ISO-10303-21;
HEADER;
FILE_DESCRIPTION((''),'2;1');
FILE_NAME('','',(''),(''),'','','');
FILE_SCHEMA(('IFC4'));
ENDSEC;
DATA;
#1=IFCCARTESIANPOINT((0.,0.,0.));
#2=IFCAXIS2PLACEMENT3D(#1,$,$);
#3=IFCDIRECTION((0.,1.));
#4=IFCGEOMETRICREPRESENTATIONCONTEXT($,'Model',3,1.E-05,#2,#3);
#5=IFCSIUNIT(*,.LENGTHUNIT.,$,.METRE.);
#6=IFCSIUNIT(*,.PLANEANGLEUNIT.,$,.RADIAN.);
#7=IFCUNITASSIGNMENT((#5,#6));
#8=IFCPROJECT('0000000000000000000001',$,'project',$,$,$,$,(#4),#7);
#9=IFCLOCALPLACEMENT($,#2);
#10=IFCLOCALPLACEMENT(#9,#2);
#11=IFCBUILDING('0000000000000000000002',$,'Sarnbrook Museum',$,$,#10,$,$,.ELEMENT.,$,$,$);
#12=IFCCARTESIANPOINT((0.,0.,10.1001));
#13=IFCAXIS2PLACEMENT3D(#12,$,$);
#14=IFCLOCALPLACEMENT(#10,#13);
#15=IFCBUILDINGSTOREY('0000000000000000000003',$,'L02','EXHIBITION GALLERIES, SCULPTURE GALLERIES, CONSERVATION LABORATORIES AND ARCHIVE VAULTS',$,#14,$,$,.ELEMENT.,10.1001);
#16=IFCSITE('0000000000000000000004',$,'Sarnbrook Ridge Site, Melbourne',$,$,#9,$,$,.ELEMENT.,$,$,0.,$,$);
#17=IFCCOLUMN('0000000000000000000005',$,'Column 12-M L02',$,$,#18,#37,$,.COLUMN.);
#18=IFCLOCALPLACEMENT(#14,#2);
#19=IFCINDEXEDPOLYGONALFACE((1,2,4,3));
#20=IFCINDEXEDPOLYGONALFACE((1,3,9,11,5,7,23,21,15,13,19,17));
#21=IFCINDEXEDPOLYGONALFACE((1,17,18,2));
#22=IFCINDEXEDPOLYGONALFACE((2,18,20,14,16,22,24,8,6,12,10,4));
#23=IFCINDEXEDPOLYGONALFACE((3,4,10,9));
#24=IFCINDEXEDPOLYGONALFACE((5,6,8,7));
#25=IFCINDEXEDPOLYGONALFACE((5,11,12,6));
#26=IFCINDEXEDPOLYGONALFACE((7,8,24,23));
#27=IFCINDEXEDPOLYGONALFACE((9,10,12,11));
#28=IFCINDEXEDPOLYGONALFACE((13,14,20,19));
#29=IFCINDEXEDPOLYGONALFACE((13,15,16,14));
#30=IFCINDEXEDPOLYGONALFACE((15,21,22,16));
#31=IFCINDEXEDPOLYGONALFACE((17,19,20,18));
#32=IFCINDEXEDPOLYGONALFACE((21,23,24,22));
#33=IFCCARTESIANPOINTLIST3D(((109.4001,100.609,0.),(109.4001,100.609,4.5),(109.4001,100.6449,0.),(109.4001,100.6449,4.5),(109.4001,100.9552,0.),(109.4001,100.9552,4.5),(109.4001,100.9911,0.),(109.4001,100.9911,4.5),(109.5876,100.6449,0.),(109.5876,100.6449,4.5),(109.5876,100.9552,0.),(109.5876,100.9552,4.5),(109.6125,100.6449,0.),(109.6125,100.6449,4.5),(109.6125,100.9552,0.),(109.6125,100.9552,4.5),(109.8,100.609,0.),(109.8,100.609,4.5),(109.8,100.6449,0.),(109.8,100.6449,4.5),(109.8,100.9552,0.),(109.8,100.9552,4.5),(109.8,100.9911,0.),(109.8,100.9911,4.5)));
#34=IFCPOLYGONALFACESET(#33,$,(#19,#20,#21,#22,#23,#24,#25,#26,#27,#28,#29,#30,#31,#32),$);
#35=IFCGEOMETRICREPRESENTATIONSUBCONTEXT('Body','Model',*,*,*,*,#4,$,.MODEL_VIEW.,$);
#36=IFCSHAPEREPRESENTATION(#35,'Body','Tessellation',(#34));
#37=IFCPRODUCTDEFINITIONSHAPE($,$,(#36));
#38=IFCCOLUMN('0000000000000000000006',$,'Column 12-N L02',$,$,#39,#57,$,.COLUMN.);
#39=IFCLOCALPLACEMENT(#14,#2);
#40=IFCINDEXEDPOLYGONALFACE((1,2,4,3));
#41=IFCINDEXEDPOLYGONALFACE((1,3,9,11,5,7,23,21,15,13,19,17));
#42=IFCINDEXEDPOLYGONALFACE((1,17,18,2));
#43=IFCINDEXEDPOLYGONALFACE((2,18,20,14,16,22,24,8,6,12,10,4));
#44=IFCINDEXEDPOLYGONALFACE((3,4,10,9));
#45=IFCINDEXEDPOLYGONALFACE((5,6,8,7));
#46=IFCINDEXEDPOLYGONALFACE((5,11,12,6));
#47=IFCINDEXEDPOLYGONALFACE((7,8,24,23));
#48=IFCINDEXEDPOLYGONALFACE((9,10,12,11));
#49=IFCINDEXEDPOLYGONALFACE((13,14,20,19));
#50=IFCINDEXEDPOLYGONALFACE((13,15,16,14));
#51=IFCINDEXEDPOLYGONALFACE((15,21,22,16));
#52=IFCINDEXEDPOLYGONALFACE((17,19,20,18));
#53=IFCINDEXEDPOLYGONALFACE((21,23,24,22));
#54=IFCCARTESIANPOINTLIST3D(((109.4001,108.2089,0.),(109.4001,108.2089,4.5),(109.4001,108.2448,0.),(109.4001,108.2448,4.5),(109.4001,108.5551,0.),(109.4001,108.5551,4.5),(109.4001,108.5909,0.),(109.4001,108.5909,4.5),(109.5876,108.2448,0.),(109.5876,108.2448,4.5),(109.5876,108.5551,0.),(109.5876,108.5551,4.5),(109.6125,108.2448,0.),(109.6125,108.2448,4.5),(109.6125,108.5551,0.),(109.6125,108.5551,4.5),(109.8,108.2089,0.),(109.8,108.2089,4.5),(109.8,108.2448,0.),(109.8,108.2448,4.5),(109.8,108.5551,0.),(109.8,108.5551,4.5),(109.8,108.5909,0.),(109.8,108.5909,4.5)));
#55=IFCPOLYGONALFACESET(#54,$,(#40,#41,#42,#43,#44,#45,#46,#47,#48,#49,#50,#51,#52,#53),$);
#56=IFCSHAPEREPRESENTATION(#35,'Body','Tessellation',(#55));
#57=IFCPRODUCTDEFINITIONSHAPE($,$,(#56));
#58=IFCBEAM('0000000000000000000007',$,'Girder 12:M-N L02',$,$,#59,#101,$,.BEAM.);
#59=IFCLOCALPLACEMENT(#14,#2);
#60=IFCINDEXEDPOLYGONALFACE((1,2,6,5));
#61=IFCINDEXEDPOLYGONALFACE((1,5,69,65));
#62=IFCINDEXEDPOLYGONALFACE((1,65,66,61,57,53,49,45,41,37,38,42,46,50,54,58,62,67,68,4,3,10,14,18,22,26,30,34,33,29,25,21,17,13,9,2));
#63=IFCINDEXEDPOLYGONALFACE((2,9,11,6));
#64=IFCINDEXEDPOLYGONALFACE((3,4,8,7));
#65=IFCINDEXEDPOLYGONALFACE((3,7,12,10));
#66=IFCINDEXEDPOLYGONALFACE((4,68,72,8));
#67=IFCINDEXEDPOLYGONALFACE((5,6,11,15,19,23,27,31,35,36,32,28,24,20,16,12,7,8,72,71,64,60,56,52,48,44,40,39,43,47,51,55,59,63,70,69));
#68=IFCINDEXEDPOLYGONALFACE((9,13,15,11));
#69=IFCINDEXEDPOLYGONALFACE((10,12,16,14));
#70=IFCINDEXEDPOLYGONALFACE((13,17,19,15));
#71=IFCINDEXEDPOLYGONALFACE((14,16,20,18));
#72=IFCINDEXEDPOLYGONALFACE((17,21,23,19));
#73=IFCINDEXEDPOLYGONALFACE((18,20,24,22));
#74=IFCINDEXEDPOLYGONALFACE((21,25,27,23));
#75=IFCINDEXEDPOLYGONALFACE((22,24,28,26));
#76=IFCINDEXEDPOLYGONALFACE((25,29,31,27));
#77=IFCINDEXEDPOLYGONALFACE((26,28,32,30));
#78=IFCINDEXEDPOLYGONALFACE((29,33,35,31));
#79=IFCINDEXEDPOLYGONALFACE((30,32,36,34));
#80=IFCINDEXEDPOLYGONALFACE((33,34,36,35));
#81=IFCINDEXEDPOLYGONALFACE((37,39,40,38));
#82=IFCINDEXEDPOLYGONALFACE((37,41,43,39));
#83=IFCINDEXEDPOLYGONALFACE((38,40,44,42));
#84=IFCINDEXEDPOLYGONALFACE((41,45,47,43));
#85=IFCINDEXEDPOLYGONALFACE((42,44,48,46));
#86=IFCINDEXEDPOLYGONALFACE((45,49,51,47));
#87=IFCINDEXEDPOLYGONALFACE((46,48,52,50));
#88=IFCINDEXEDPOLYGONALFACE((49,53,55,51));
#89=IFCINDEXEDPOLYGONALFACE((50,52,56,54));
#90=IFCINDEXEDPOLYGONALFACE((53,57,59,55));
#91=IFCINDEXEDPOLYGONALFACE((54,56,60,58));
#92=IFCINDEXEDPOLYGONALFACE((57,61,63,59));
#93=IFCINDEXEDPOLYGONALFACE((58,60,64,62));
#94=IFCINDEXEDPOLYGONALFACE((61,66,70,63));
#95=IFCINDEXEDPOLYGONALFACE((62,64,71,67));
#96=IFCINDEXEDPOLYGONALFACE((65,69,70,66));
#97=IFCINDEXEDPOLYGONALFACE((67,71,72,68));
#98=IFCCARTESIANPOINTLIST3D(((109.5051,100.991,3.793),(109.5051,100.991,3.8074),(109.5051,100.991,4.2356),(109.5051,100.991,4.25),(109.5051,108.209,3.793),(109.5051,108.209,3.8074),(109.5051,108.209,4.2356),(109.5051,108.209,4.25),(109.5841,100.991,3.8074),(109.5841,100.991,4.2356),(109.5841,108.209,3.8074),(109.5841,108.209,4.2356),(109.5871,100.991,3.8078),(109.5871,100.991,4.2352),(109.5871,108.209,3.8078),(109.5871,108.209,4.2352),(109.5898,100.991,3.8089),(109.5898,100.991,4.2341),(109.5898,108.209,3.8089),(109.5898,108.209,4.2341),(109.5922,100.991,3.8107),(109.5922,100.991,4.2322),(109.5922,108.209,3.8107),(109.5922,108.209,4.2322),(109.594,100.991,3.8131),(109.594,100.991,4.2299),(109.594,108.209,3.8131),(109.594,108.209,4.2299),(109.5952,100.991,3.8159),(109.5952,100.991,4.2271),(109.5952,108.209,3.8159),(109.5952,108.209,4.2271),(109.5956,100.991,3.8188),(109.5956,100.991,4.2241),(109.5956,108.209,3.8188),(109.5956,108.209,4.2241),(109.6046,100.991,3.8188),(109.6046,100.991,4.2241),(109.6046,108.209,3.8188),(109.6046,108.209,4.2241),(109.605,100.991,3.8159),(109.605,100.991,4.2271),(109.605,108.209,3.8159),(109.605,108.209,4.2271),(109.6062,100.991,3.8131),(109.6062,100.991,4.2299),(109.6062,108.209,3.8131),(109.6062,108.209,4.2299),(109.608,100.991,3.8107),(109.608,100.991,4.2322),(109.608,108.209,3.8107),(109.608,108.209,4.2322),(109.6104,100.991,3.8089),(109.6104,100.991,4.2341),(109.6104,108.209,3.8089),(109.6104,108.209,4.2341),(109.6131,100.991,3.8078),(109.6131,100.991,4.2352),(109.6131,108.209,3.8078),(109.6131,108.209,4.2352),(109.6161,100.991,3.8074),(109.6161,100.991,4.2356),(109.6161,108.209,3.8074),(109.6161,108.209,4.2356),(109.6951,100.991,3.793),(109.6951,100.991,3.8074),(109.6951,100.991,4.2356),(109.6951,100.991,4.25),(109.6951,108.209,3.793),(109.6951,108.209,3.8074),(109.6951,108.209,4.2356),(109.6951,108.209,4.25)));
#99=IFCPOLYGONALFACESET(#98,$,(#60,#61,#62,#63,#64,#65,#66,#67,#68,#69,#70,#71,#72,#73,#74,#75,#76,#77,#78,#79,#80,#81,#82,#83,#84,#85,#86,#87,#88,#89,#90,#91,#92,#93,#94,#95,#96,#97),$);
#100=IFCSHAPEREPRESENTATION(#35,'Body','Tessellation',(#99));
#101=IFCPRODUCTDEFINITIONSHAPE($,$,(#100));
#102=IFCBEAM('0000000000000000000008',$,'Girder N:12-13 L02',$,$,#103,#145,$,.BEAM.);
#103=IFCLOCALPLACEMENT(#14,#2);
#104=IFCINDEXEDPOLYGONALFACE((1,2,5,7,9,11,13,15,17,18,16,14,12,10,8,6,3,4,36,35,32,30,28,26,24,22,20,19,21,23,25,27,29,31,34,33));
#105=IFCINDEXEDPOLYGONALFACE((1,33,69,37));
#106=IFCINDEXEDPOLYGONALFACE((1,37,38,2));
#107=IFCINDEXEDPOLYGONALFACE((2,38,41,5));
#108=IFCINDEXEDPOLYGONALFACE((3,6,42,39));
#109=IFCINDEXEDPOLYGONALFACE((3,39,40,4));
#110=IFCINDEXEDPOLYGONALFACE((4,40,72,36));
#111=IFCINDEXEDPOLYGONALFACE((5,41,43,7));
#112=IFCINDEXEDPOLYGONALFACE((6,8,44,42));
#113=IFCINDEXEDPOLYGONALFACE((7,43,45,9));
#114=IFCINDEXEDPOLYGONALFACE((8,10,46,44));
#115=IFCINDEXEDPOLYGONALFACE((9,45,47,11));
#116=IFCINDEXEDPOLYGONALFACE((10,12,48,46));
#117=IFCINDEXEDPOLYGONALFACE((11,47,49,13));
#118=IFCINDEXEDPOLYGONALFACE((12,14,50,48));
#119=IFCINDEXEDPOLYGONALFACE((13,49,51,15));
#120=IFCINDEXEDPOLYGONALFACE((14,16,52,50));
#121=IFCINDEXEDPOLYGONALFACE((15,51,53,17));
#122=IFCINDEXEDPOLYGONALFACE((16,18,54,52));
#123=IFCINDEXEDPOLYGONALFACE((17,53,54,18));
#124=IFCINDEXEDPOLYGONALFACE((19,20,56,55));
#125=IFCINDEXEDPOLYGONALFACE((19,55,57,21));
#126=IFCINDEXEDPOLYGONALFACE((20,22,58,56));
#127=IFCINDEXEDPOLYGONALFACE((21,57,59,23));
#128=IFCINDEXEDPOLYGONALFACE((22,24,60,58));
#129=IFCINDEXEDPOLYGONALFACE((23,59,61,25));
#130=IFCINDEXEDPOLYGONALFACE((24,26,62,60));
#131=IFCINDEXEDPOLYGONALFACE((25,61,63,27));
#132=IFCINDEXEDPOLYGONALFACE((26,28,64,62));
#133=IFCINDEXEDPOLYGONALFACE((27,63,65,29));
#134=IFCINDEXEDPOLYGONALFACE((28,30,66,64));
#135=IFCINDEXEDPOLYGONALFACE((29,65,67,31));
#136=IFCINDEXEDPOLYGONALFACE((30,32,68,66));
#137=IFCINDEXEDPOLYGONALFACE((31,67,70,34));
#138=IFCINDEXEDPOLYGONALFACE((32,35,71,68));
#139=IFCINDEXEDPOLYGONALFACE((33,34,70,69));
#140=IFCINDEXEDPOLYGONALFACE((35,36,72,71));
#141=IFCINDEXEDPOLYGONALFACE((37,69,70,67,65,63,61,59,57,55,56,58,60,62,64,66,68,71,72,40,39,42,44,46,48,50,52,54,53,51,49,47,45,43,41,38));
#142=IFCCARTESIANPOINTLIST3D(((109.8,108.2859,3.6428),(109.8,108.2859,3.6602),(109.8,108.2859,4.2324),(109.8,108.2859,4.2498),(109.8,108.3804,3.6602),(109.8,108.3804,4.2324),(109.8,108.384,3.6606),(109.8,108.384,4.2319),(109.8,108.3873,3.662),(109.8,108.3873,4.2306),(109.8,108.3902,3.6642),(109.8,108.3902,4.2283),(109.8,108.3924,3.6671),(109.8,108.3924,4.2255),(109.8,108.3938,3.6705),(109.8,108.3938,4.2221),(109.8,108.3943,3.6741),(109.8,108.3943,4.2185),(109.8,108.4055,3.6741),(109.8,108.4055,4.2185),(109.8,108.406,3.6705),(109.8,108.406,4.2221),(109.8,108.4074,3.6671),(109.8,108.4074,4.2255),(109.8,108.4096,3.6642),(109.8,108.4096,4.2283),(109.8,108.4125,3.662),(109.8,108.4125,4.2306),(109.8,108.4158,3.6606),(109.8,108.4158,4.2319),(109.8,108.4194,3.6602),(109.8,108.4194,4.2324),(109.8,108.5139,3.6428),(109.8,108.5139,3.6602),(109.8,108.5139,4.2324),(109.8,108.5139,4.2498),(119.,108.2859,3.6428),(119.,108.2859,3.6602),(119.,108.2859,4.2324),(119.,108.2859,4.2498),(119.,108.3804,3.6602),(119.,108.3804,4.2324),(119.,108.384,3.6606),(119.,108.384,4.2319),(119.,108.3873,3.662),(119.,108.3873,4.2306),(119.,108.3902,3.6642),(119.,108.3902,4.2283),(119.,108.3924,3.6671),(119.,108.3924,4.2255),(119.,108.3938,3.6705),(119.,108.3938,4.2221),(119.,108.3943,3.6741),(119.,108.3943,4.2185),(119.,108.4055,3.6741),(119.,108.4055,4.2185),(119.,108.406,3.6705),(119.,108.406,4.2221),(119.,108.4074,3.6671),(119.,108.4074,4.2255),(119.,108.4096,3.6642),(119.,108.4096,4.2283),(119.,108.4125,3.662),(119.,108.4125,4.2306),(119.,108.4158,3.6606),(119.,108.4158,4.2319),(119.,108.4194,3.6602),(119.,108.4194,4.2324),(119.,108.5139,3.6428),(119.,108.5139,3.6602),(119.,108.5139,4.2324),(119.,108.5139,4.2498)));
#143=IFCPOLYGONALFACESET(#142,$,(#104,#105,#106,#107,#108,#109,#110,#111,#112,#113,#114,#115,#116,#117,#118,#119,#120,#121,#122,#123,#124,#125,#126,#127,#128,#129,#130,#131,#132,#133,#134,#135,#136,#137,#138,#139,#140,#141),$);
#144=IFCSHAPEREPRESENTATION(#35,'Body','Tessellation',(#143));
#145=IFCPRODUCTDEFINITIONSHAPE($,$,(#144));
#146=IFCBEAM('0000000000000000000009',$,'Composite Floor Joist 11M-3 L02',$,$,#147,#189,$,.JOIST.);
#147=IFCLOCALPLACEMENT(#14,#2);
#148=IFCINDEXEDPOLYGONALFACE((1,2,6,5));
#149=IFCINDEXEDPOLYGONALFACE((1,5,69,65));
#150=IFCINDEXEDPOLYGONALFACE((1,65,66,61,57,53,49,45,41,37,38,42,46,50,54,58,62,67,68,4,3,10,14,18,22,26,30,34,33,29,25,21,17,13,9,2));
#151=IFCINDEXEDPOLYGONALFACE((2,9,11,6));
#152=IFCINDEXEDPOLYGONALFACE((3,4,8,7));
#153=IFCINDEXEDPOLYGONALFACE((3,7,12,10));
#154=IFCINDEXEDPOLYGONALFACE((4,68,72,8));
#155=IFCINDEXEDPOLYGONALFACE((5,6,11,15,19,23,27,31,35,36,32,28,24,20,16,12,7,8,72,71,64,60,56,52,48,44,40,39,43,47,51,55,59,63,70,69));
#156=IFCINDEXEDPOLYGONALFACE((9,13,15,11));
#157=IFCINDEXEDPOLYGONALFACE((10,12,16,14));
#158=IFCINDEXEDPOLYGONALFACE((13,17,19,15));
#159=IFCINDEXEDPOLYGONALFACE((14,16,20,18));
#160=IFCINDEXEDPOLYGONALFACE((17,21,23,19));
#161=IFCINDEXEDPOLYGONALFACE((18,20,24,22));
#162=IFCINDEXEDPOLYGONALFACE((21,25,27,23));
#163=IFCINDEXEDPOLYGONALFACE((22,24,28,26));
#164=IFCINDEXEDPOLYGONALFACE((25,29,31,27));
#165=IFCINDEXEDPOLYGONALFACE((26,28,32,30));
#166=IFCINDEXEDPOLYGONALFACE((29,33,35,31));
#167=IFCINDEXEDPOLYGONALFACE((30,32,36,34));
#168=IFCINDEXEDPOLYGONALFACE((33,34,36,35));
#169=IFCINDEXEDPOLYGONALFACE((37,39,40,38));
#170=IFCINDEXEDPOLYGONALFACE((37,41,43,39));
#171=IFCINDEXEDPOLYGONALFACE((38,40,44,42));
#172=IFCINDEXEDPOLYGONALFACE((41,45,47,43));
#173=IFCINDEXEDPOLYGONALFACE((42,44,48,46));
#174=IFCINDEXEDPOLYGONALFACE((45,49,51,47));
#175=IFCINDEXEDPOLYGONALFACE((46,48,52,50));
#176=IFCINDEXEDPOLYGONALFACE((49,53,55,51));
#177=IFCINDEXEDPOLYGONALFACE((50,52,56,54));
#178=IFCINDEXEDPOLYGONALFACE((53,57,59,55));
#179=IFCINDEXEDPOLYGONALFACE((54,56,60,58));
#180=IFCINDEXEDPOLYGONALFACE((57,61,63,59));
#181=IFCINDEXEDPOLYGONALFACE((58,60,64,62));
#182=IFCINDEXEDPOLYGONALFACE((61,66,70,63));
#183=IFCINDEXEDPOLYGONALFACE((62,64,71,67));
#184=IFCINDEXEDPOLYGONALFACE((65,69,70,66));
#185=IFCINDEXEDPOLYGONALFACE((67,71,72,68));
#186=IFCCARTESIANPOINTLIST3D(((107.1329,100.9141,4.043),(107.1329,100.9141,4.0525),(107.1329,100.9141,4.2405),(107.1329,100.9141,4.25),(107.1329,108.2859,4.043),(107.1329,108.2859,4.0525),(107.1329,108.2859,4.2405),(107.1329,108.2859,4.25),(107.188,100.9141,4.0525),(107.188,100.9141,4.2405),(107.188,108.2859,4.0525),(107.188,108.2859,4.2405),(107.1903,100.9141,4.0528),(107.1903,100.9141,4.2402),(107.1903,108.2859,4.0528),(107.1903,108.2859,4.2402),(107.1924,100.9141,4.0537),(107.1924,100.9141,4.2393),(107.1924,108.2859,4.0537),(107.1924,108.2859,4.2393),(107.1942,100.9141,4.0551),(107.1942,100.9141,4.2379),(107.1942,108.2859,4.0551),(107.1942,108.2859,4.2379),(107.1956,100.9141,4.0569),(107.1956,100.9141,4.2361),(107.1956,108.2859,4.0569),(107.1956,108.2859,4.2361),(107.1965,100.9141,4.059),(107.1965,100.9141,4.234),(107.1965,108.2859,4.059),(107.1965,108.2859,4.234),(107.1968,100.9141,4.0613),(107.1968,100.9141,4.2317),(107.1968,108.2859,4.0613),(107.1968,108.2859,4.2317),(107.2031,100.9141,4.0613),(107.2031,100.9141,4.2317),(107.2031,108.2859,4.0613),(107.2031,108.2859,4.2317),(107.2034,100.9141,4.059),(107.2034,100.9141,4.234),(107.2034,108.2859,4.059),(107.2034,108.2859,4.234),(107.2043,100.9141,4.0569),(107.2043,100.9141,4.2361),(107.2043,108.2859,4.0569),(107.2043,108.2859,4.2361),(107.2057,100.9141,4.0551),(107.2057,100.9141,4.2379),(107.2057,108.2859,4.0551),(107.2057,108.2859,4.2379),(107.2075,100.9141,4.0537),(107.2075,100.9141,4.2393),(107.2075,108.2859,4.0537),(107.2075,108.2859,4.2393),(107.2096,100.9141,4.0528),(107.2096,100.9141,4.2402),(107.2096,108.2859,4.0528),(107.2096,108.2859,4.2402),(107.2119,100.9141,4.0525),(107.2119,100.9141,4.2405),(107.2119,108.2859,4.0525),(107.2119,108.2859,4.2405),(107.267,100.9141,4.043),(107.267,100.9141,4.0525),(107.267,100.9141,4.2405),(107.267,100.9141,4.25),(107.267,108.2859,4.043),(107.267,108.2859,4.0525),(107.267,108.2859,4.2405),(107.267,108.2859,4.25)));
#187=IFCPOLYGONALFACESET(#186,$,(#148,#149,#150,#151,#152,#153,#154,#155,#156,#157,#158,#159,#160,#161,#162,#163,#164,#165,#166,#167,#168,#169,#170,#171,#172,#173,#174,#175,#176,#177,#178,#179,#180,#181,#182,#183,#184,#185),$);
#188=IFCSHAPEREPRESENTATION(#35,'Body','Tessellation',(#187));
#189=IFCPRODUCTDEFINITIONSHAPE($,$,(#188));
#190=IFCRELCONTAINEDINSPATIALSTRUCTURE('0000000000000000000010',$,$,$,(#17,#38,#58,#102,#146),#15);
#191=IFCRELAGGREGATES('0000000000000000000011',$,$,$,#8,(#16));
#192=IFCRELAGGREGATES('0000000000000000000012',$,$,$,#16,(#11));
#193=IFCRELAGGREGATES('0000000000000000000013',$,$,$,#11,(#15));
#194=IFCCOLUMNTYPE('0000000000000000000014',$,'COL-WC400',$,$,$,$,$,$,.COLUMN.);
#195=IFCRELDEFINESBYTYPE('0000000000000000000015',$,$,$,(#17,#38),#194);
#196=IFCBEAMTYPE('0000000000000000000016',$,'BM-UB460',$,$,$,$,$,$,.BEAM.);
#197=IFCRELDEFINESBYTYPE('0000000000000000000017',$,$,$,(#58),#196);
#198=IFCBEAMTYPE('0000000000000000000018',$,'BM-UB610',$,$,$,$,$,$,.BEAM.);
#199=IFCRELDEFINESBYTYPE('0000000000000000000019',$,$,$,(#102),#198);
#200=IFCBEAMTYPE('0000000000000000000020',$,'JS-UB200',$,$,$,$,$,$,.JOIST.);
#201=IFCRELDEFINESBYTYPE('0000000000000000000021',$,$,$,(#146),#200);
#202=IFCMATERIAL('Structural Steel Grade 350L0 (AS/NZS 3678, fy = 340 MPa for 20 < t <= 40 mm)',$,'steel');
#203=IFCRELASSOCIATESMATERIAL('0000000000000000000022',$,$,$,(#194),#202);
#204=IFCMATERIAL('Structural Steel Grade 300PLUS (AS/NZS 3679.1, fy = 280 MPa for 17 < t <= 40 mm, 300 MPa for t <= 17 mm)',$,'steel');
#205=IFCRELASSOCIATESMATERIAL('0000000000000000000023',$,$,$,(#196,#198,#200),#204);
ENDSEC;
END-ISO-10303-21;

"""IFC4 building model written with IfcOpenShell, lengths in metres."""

from ifc_helpers import new_model, si_unit, direction, frame, origin, origin_2d, place, context, subcontext, project, spatial, i_section, extrude, material, material_profile, profile_set, type_object, element, save


model = new_model("IFC4")

# Units and contexts
model_context = context("Model", 3, precision=1e-05, world=origin(), true_north=direction((0.0, 1.0)))
body_context = subcontext(model_context, "Body", "Model", "MODEL_VIEW")
ifc_project = project(units=[si_unit("LENGTHUNIT", "METRE"), si_unit("PLANEANGLEUNIT", "RADIAN")], contexts=[model_context])

# Site, building, storey
site_placement = place(None, origin())
site = spatial("IfcSite", under=ifc_project, at=site_placement, Name="Sarnbrook Ridge Site, Melbourne", CompositionType="ELEMENT", RefElevation=0.0)
building_placement = place(site_placement, origin())
building = spatial("IfcBuilding", under=site, at=building_placement, Name="Sarnbrook Museum", CompositionType="ELEMENT")
storey_placement = place(building_placement, frame((0.0, 0.0, 10.1001)))
storey = spatial("IfcBuildingStorey", under=building, at=storey_placement, Name="L02", Description="EXHIBITION GALLERIES, SCULPTURE GALLERIES, CONSERVATION LABORATORIES AND ARCHIVE VAULTS", CompositionType="ELEMENT", Elevation=10.1001)

# Columns
ifc_material_1 = material(Name="Structural Steel Grade 350L0 (AS/NZS 3678, fy = 340 MPa for 20 < t <= 40 mm)", Category="steel")
ifc_material_profile_1 = material_profile(ifc_material_1, i_section(OverallWidth=0.3999, OverallDepth=0.3821, WebThickness=0.0249, FlangeThickness=0.0359, at=origin_2d()), Name="400WC270")
ifc_profile_set_1 = profile_set([ifc_material_profile_1], Name="Structural Steel Grade 350L0 (AS/NZS 3678, fy = 340 MPa for 20 < t <= 40 mm)")
column_type = type_object("IfcColumnType", Name="COL-WC400", PredefinedType="COLUMN", material=ifc_profile_set_1)
for number, where, z_axis, x_axis, name in (
    (1, (109.6001, 100.8, 0.0), (0.0, 0.0, 1.0), (1.0, 0.0, 0.0), "Column 12-M L02"),
    (2, (109.6001, 108.3999, 0.0), (0.0, 0.0, 1.0), (1.0, 0.0, 0.0), "Column 12-N L02"),
):
    element("IfcColumn", number, at=place(storey_placement, frame(where, z_axis=z_axis, x_axis=x_axis)), inside=storey, type_object=column_type, Name=name, PredefinedType="COLUMN", context=body_context, shape_type="SweptSolid", body=[
        extrude(i_section(OverallWidth=0.3999, OverallDepth=0.3821, WebThickness=0.0249, FlangeThickness=0.0359, at=origin_2d()), origin(), (0.0, 0.0, 1.0), 4.5),
    ])

# Beams
ifc_material_2 = material(Name="Structural Steel Grade 300PLUS (AS/NZS 3679.1, fy = 280 MPa for 17 < t <= 40 mm, 300 MPa for t <= 17 mm)", Category="steel")
ifc_material_profile_2 = material_profile(ifc_material_2, i_section(OverallWidth=0.1899, OverallDepth=0.457, WebThickness=0.009, FlangeThickness=0.0144, FilletRadius=0.0115, at=origin_2d()), Name="460UB74.6")
ifc_profile_set_2 = profile_set([ifc_material_profile_2], Name="Structural Steel Grade 300PLUS (AS/NZS 3679.1, fy = 280 MPa for 17 < t <= 40 mm, 300 MPa for t <= 17 mm)")
beam_type_1 = type_object("IfcBeamType", Name="BM-UB460", PredefinedType="BEAM", material=ifc_profile_set_2)
beam_1_placement = place(storey_placement, frame((109.6001, 100.991, 4.0215), z_axis=(0.0, 1.0, 0.0), x_axis=(-1.0, 0.0, 0.0)))
element("IfcBeam", 3, at=beam_1_placement, inside=storey, type_object=beam_type_1, Name="Girder 12:M-N L02", PredefinedType="BEAM", context=body_context, shape_type="SweptSolid", body=[
    extrude(i_section(OverallWidth=0.1899, OverallDepth=0.457, WebThickness=0.009, FlangeThickness=0.0144, FilletRadius=0.0115, at=origin_2d()), origin(), (0.0, 0.0, 1.0), 7.218),
])
ifc_material_profile_3 = material_profile(ifc_material_2, i_section(OverallWidth=0.228, OverallDepth=0.6069, WebThickness=0.0112, FlangeThickness=0.0173, FilletRadius=0.0139, at=origin_2d()), Name="610UB113")
ifc_profile_set_3 = profile_set([ifc_material_profile_3], Name="Structural Steel Grade 300PLUS (AS/NZS 3679.1, fy = 280 MPa for 17 < t <= 40 mm, 300 MPa for t <= 17 mm)")
beam_type_2 = type_object("IfcBeamType", Name="BM-UB610", PredefinedType="BEAM", material=ifc_profile_set_3)
beam_2_placement = place(storey_placement, frame((109.8, 108.3999, 3.9463), z_axis=(1.0, 0.0, 0.0), x_axis=(0.0, 1.0, 0.0)))
element("IfcBeam", 4, at=beam_2_placement, inside=storey, type_object=beam_type_2, Name="Girder N:12-13 L02", PredefinedType="BEAM", context=body_context, shape_type="SweptSolid", body=[
    extrude(i_section(OverallWidth=0.228, OverallDepth=0.6069, WebThickness=0.0112, FlangeThickness=0.0173, FilletRadius=0.0139, at=origin_2d()), origin(), (0.0, 0.0, 1.0), 9.2),
])
ifc_material_profile_4 = material_profile(ifc_material_2, i_section(OverallWidth=0.134, OverallDepth=0.207, WebThickness=0.0063, FlangeThickness=0.0095, FilletRadius=0.0088, at=origin_2d()), Name="200UB29.8")
ifc_profile_set_4 = profile_set([ifc_material_profile_4], Name="Structural Steel Grade 300PLUS (AS/NZS 3679.1, fy = 280 MPa for 17 < t <= 40 mm, 300 MPa for t <= 17 mm)")
beam_type_3 = type_object("IfcBeamType", Name="JS-UB200", PredefinedType="JOIST", material=ifc_profile_set_4)
beam_3_placement = place(storey_placement, frame((107.2, 100.9141, 4.1465), z_axis=(0.0, 1.0, 0.0), x_axis=(-1.0, 0.0, 0.0)))
element("IfcBeam", 5, at=beam_3_placement, inside=storey, type_object=beam_type_3, Name="Composite Floor Joist 11M-3 L02", PredefinedType="JOIST", context=body_context, shape_type="SweptSolid", body=[
    extrude(i_section(OverallWidth=0.134, OverallDepth=0.207, WebThickness=0.0063, FlangeThickness=0.0095, FilletRadius=0.0088, at=origin_2d()), origin(), (0.0, 0.0, 1.0), 7.3718),
])

save(model, "model.ifc")
